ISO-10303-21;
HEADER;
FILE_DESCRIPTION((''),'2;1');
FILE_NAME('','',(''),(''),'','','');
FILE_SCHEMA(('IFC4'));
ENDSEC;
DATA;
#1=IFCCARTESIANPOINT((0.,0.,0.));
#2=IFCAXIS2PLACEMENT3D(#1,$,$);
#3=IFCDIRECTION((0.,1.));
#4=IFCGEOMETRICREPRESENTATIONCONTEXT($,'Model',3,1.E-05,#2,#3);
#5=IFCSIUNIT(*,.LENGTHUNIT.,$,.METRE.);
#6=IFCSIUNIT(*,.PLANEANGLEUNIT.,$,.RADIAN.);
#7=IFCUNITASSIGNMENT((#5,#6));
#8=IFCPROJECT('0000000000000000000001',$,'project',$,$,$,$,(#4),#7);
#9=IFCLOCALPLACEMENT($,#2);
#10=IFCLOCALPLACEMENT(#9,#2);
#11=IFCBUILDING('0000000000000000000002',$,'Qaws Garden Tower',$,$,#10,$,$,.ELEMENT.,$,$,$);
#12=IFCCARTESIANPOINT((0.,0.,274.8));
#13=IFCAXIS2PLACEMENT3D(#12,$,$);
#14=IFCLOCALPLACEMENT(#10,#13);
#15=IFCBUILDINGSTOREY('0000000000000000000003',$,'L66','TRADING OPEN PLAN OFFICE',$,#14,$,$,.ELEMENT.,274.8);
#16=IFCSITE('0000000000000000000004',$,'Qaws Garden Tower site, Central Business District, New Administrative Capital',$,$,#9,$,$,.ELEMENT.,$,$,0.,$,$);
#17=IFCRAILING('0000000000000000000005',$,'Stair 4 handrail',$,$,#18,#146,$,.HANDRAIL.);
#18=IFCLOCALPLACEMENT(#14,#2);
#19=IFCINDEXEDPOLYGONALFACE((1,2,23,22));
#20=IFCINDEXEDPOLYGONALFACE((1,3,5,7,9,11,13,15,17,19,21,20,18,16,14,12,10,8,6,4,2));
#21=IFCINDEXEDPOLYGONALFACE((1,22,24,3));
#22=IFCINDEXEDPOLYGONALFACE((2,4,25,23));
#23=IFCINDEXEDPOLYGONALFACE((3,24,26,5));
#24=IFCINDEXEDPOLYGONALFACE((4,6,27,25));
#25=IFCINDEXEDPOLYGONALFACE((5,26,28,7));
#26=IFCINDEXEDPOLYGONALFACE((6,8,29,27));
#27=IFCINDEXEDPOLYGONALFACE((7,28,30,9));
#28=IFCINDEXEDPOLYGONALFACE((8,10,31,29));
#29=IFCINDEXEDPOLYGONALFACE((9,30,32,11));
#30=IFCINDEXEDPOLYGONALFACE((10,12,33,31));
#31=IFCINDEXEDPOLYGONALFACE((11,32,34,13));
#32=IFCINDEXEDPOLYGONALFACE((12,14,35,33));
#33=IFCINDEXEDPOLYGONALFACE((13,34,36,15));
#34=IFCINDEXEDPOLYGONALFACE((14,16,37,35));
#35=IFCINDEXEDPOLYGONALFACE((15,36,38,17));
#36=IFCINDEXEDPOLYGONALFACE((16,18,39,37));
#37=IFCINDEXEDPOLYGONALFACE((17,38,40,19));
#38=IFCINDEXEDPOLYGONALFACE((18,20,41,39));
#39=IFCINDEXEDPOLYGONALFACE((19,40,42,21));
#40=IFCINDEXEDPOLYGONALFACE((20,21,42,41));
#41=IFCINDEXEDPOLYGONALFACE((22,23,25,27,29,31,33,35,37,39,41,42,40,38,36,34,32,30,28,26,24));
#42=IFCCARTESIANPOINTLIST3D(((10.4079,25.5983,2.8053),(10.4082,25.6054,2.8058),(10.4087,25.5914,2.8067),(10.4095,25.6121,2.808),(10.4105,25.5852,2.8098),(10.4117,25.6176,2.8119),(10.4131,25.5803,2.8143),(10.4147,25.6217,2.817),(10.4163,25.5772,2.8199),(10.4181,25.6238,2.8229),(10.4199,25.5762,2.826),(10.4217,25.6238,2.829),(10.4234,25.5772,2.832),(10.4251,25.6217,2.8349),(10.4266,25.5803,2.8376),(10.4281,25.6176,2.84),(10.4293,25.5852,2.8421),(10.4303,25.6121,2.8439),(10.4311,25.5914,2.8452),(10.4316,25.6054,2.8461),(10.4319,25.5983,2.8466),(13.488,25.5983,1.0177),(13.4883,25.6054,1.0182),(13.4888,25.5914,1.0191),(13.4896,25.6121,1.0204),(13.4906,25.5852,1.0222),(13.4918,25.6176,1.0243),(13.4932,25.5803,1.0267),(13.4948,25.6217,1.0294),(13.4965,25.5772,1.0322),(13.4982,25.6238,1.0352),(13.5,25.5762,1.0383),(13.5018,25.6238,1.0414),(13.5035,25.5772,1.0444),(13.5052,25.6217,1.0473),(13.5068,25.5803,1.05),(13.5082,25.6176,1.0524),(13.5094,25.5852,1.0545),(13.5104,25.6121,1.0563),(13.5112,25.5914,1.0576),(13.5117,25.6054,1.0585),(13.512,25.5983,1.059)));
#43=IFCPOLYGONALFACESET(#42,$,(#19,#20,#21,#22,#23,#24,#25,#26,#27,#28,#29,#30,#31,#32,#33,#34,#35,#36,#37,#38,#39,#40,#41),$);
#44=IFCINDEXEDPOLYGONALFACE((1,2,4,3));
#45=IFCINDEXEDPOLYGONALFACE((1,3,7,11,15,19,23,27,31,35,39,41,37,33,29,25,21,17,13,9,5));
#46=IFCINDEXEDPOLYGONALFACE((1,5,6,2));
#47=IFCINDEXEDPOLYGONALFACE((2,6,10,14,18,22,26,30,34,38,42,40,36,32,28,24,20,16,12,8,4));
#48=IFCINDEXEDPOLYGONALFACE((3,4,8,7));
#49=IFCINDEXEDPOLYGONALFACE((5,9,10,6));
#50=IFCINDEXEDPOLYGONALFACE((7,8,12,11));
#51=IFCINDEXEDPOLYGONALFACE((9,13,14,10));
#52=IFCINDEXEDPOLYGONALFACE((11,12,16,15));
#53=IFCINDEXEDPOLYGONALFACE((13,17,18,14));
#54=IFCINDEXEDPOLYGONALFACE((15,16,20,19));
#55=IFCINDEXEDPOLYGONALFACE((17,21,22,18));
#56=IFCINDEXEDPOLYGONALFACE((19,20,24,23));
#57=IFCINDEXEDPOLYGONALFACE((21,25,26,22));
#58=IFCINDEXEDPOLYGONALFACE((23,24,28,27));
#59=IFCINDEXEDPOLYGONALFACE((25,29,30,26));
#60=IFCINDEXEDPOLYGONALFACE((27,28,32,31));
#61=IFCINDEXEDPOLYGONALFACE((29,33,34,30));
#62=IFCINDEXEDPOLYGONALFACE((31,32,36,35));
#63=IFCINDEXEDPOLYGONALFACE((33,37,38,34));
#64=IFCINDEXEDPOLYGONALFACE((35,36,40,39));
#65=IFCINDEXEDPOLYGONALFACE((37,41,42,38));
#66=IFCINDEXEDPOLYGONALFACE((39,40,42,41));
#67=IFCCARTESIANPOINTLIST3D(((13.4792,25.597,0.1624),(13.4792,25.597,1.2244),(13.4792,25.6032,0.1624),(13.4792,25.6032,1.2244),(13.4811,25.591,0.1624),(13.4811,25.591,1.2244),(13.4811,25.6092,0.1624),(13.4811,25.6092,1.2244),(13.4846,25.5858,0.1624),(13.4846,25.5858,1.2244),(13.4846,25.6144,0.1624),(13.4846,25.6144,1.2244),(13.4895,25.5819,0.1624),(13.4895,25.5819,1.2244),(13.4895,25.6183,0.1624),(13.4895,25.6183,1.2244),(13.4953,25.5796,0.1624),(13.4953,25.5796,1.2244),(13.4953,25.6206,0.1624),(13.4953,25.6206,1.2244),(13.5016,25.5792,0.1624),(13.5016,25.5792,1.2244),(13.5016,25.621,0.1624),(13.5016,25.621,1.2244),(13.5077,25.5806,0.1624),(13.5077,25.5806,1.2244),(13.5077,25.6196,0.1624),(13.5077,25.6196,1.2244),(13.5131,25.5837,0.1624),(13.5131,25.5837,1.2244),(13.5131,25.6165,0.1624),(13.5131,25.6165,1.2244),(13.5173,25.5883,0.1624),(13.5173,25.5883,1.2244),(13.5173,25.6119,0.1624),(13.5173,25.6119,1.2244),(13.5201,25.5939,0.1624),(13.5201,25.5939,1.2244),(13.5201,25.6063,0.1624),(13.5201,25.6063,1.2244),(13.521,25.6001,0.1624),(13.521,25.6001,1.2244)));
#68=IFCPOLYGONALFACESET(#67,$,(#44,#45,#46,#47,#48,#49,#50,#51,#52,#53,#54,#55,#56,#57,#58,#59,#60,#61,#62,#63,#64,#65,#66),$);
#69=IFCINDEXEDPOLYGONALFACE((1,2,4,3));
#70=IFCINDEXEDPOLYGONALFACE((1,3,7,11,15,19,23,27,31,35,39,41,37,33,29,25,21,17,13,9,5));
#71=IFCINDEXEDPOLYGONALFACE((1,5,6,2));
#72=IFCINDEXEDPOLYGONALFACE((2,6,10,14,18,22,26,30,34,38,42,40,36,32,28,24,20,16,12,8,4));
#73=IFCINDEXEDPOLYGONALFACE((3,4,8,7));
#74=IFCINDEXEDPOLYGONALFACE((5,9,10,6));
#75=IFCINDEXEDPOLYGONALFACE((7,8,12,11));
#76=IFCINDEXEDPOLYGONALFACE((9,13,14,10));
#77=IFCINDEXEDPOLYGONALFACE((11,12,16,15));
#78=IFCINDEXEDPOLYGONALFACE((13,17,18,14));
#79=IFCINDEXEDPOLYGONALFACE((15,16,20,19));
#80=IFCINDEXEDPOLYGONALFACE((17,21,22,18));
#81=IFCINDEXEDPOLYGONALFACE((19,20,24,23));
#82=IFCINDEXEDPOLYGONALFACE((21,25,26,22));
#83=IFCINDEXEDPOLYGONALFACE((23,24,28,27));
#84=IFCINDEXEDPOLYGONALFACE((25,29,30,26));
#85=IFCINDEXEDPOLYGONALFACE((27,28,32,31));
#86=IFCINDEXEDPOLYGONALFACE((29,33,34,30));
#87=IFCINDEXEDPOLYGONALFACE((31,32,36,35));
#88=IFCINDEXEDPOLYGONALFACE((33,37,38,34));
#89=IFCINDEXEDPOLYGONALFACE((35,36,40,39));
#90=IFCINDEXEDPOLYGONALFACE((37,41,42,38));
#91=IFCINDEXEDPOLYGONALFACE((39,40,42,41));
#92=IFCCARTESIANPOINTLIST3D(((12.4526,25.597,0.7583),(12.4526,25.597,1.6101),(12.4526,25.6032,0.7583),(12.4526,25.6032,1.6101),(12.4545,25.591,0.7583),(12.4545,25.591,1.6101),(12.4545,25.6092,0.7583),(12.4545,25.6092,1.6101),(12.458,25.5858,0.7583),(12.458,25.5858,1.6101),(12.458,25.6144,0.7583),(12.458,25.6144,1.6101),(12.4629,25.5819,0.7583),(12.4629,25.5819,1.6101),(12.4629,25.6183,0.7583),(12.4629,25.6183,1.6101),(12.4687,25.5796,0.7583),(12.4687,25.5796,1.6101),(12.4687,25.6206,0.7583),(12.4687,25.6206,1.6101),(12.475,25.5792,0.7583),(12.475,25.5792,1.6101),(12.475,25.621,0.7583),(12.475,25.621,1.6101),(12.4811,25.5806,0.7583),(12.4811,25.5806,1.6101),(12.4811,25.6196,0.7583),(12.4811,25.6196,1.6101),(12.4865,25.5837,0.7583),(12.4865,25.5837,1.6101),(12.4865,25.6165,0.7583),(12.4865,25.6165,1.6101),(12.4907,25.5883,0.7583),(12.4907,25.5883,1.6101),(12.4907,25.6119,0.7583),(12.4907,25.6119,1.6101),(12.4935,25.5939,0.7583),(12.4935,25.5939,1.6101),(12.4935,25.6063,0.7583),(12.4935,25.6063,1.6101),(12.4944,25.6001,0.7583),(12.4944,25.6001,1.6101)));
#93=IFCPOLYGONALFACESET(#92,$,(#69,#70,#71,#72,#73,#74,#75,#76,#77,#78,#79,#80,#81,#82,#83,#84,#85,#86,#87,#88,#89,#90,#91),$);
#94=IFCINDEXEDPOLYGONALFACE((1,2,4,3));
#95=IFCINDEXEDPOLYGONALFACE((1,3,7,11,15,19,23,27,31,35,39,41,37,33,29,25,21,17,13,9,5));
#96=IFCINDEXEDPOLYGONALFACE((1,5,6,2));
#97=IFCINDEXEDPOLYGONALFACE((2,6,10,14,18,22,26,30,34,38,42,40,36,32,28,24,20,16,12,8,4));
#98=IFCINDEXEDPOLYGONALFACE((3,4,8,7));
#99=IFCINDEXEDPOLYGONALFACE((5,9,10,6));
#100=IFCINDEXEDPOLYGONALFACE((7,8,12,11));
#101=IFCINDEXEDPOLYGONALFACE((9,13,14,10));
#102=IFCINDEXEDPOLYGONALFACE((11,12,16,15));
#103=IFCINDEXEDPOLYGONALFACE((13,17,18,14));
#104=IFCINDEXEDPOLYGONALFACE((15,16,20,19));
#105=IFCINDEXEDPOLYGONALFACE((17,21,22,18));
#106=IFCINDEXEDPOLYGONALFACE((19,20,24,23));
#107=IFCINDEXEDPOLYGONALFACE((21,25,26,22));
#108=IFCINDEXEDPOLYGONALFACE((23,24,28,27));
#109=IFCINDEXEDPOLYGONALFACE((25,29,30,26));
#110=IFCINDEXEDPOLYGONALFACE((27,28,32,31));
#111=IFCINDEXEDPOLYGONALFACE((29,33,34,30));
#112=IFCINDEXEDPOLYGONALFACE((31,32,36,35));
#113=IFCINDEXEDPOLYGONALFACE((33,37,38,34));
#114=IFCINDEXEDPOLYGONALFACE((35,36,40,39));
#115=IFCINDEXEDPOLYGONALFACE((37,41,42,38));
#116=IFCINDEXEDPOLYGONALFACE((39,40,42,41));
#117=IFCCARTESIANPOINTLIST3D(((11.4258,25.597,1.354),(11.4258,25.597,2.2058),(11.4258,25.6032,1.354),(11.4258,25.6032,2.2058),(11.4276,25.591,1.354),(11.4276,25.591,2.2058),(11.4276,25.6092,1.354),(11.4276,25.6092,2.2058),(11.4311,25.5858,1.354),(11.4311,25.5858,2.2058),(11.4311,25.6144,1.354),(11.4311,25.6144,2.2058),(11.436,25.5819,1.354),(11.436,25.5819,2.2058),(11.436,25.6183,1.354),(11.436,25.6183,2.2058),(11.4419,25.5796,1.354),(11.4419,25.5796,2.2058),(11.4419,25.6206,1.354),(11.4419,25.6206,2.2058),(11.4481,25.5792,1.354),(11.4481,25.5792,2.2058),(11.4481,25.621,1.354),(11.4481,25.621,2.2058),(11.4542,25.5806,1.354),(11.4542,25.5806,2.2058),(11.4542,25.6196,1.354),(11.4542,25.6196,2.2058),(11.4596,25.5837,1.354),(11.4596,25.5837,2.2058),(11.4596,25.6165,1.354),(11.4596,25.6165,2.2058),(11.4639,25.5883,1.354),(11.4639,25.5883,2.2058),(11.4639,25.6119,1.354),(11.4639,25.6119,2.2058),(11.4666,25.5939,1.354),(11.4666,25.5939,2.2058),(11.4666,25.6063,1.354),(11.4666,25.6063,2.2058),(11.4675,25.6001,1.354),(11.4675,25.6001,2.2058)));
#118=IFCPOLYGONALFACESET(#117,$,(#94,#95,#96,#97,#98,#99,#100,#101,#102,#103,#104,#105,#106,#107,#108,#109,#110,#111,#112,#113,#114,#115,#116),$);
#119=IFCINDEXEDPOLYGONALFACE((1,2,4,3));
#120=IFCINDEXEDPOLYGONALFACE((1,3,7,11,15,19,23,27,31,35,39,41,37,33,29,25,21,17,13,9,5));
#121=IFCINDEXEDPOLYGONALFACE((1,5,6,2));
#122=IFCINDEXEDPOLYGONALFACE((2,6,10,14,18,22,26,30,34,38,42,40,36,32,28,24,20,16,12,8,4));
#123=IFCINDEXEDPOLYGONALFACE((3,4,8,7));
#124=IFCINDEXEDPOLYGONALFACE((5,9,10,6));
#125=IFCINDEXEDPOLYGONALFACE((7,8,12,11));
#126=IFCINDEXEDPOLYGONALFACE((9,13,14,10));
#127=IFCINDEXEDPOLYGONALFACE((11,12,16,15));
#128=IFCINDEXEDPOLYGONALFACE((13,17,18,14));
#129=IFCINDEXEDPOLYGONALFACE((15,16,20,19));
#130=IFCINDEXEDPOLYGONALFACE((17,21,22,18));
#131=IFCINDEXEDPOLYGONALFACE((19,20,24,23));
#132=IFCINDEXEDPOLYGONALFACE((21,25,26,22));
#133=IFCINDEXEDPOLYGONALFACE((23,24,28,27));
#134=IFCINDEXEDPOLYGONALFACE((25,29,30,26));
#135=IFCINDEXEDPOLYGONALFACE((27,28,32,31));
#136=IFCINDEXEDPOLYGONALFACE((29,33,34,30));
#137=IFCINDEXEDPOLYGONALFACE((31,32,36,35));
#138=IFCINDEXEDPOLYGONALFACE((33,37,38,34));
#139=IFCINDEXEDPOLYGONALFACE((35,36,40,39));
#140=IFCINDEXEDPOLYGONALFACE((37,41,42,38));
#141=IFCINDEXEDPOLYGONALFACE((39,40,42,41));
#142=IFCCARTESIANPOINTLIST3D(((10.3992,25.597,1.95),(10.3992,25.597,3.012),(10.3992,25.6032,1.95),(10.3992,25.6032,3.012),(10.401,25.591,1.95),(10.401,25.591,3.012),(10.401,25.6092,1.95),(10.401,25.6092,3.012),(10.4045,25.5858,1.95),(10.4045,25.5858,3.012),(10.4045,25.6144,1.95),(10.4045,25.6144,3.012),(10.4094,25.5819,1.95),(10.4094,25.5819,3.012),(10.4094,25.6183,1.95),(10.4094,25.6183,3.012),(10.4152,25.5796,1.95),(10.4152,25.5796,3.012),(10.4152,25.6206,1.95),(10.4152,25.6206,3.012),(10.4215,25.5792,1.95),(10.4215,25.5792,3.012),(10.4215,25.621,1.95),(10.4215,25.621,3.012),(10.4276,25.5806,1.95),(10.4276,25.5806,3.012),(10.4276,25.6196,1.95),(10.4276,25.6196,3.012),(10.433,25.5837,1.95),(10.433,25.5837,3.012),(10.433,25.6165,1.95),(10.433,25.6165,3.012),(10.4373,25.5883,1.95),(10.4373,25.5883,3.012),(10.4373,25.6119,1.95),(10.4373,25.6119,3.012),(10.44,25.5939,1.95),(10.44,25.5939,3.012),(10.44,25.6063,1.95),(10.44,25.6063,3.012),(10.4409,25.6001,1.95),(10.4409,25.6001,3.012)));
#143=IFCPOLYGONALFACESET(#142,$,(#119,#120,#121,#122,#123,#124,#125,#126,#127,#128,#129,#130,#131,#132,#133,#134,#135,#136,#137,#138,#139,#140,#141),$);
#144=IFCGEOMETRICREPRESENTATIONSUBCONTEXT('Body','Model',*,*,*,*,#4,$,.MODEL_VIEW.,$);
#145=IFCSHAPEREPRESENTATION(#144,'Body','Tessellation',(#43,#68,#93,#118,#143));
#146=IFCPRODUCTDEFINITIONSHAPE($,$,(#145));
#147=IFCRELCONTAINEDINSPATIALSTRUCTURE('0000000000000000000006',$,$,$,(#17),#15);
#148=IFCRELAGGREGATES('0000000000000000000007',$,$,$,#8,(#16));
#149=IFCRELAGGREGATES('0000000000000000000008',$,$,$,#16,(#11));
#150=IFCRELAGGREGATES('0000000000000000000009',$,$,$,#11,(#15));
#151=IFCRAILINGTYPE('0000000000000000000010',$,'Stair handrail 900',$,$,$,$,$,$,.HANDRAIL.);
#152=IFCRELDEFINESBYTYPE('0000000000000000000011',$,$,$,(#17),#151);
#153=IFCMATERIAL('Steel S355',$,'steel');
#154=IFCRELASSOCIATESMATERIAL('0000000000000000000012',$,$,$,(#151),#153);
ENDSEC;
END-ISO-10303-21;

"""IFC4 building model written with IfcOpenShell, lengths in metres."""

from ifc_helpers import new_model, si_unit, direction, frame, origin, origin_2d, place, context, subcontext, project, spatial, circle, extrude, material, type_object, element, save


model = new_model("IFC4")

# Units and contexts
model_context = context("Model", 3, precision=1e-05, world=origin(), true_north=direction((0.0, 1.0)))
body_context = subcontext(model_context, "Body", "Model", "MODEL_VIEW")
ifc_project = project(units=[si_unit("LENGTHUNIT", "METRE"), si_unit("PLANEANGLEUNIT", "RADIAN")], contexts=[model_context])

# Site, building, storey
site_placement = place(None, origin())
site = spatial("IfcSite", under=ifc_project, at=site_placement, Name="Qaws Garden Tower site, Central Business District, New Administrative Capital", CompositionType="ELEMENT", RefElevation=0.0)
building_placement = place(site_placement, origin())
building = spatial("IfcBuilding", under=site, at=building_placement, Name="Qaws Garden Tower", CompositionType="ELEMENT")
storey_placement = place(building_placement, frame((0.0, 0.0, 274.8)))
storey = spatial("IfcBuildingStorey", under=building, at=storey_placement, Name="L66", Description="TRADING OPEN PLAN OFFICE", CompositionType="ELEMENT", Elevation=274.8)

# Railing
ifc_material_1 = material(Name="Steel S355", Category="steel")
railing_type = type_object("IfcRailingType", Name="Stair handrail 900", PredefinedType="HANDRAIL", material=ifc_material_1)
railing_1_placement = place(storey_placement, frame((13.5, 25.6001, 0.1624)))
element("IfcRailing", 1, at=railing_1_placement, inside=storey, type_object=railing_type, Name="Stair 4 handrail", PredefinedType="HANDRAIL", context=body_context, shape_type="SweptSolid", body=[
    extrude(circle(Radius=0.0239, at=origin_2d()), frame((0.0, 0.0, 0.876), z_axis=(-0.864891, 0.0, 0.50196), x_axis=(0.0, -1.0, 0.0)), (0.0, 0.0, 1.0), 3.5613),
    extrude(circle(Radius=0.021, at=origin_2d()), origin(), (0.0, 0.0, 1.0), 1.062),
    extrude(circle(Radius=0.021, at=origin_2d()), frame((-1.0266, 0.0, 0.5959)), (0.0, 0.0, 1.0), 0.8518),
    extrude(circle(Radius=0.021, at=origin_2d()), frame((-2.0535, 0.0, 1.1917)), (0.0, 0.0, 1.0), 0.8518),
    extrude(circle(Radius=0.021, at=origin_2d()), frame((-3.0801, 0.0, 1.7876)), (0.0, 0.0, 1.0), 1.062),
])

save(model, "model.ifc")
